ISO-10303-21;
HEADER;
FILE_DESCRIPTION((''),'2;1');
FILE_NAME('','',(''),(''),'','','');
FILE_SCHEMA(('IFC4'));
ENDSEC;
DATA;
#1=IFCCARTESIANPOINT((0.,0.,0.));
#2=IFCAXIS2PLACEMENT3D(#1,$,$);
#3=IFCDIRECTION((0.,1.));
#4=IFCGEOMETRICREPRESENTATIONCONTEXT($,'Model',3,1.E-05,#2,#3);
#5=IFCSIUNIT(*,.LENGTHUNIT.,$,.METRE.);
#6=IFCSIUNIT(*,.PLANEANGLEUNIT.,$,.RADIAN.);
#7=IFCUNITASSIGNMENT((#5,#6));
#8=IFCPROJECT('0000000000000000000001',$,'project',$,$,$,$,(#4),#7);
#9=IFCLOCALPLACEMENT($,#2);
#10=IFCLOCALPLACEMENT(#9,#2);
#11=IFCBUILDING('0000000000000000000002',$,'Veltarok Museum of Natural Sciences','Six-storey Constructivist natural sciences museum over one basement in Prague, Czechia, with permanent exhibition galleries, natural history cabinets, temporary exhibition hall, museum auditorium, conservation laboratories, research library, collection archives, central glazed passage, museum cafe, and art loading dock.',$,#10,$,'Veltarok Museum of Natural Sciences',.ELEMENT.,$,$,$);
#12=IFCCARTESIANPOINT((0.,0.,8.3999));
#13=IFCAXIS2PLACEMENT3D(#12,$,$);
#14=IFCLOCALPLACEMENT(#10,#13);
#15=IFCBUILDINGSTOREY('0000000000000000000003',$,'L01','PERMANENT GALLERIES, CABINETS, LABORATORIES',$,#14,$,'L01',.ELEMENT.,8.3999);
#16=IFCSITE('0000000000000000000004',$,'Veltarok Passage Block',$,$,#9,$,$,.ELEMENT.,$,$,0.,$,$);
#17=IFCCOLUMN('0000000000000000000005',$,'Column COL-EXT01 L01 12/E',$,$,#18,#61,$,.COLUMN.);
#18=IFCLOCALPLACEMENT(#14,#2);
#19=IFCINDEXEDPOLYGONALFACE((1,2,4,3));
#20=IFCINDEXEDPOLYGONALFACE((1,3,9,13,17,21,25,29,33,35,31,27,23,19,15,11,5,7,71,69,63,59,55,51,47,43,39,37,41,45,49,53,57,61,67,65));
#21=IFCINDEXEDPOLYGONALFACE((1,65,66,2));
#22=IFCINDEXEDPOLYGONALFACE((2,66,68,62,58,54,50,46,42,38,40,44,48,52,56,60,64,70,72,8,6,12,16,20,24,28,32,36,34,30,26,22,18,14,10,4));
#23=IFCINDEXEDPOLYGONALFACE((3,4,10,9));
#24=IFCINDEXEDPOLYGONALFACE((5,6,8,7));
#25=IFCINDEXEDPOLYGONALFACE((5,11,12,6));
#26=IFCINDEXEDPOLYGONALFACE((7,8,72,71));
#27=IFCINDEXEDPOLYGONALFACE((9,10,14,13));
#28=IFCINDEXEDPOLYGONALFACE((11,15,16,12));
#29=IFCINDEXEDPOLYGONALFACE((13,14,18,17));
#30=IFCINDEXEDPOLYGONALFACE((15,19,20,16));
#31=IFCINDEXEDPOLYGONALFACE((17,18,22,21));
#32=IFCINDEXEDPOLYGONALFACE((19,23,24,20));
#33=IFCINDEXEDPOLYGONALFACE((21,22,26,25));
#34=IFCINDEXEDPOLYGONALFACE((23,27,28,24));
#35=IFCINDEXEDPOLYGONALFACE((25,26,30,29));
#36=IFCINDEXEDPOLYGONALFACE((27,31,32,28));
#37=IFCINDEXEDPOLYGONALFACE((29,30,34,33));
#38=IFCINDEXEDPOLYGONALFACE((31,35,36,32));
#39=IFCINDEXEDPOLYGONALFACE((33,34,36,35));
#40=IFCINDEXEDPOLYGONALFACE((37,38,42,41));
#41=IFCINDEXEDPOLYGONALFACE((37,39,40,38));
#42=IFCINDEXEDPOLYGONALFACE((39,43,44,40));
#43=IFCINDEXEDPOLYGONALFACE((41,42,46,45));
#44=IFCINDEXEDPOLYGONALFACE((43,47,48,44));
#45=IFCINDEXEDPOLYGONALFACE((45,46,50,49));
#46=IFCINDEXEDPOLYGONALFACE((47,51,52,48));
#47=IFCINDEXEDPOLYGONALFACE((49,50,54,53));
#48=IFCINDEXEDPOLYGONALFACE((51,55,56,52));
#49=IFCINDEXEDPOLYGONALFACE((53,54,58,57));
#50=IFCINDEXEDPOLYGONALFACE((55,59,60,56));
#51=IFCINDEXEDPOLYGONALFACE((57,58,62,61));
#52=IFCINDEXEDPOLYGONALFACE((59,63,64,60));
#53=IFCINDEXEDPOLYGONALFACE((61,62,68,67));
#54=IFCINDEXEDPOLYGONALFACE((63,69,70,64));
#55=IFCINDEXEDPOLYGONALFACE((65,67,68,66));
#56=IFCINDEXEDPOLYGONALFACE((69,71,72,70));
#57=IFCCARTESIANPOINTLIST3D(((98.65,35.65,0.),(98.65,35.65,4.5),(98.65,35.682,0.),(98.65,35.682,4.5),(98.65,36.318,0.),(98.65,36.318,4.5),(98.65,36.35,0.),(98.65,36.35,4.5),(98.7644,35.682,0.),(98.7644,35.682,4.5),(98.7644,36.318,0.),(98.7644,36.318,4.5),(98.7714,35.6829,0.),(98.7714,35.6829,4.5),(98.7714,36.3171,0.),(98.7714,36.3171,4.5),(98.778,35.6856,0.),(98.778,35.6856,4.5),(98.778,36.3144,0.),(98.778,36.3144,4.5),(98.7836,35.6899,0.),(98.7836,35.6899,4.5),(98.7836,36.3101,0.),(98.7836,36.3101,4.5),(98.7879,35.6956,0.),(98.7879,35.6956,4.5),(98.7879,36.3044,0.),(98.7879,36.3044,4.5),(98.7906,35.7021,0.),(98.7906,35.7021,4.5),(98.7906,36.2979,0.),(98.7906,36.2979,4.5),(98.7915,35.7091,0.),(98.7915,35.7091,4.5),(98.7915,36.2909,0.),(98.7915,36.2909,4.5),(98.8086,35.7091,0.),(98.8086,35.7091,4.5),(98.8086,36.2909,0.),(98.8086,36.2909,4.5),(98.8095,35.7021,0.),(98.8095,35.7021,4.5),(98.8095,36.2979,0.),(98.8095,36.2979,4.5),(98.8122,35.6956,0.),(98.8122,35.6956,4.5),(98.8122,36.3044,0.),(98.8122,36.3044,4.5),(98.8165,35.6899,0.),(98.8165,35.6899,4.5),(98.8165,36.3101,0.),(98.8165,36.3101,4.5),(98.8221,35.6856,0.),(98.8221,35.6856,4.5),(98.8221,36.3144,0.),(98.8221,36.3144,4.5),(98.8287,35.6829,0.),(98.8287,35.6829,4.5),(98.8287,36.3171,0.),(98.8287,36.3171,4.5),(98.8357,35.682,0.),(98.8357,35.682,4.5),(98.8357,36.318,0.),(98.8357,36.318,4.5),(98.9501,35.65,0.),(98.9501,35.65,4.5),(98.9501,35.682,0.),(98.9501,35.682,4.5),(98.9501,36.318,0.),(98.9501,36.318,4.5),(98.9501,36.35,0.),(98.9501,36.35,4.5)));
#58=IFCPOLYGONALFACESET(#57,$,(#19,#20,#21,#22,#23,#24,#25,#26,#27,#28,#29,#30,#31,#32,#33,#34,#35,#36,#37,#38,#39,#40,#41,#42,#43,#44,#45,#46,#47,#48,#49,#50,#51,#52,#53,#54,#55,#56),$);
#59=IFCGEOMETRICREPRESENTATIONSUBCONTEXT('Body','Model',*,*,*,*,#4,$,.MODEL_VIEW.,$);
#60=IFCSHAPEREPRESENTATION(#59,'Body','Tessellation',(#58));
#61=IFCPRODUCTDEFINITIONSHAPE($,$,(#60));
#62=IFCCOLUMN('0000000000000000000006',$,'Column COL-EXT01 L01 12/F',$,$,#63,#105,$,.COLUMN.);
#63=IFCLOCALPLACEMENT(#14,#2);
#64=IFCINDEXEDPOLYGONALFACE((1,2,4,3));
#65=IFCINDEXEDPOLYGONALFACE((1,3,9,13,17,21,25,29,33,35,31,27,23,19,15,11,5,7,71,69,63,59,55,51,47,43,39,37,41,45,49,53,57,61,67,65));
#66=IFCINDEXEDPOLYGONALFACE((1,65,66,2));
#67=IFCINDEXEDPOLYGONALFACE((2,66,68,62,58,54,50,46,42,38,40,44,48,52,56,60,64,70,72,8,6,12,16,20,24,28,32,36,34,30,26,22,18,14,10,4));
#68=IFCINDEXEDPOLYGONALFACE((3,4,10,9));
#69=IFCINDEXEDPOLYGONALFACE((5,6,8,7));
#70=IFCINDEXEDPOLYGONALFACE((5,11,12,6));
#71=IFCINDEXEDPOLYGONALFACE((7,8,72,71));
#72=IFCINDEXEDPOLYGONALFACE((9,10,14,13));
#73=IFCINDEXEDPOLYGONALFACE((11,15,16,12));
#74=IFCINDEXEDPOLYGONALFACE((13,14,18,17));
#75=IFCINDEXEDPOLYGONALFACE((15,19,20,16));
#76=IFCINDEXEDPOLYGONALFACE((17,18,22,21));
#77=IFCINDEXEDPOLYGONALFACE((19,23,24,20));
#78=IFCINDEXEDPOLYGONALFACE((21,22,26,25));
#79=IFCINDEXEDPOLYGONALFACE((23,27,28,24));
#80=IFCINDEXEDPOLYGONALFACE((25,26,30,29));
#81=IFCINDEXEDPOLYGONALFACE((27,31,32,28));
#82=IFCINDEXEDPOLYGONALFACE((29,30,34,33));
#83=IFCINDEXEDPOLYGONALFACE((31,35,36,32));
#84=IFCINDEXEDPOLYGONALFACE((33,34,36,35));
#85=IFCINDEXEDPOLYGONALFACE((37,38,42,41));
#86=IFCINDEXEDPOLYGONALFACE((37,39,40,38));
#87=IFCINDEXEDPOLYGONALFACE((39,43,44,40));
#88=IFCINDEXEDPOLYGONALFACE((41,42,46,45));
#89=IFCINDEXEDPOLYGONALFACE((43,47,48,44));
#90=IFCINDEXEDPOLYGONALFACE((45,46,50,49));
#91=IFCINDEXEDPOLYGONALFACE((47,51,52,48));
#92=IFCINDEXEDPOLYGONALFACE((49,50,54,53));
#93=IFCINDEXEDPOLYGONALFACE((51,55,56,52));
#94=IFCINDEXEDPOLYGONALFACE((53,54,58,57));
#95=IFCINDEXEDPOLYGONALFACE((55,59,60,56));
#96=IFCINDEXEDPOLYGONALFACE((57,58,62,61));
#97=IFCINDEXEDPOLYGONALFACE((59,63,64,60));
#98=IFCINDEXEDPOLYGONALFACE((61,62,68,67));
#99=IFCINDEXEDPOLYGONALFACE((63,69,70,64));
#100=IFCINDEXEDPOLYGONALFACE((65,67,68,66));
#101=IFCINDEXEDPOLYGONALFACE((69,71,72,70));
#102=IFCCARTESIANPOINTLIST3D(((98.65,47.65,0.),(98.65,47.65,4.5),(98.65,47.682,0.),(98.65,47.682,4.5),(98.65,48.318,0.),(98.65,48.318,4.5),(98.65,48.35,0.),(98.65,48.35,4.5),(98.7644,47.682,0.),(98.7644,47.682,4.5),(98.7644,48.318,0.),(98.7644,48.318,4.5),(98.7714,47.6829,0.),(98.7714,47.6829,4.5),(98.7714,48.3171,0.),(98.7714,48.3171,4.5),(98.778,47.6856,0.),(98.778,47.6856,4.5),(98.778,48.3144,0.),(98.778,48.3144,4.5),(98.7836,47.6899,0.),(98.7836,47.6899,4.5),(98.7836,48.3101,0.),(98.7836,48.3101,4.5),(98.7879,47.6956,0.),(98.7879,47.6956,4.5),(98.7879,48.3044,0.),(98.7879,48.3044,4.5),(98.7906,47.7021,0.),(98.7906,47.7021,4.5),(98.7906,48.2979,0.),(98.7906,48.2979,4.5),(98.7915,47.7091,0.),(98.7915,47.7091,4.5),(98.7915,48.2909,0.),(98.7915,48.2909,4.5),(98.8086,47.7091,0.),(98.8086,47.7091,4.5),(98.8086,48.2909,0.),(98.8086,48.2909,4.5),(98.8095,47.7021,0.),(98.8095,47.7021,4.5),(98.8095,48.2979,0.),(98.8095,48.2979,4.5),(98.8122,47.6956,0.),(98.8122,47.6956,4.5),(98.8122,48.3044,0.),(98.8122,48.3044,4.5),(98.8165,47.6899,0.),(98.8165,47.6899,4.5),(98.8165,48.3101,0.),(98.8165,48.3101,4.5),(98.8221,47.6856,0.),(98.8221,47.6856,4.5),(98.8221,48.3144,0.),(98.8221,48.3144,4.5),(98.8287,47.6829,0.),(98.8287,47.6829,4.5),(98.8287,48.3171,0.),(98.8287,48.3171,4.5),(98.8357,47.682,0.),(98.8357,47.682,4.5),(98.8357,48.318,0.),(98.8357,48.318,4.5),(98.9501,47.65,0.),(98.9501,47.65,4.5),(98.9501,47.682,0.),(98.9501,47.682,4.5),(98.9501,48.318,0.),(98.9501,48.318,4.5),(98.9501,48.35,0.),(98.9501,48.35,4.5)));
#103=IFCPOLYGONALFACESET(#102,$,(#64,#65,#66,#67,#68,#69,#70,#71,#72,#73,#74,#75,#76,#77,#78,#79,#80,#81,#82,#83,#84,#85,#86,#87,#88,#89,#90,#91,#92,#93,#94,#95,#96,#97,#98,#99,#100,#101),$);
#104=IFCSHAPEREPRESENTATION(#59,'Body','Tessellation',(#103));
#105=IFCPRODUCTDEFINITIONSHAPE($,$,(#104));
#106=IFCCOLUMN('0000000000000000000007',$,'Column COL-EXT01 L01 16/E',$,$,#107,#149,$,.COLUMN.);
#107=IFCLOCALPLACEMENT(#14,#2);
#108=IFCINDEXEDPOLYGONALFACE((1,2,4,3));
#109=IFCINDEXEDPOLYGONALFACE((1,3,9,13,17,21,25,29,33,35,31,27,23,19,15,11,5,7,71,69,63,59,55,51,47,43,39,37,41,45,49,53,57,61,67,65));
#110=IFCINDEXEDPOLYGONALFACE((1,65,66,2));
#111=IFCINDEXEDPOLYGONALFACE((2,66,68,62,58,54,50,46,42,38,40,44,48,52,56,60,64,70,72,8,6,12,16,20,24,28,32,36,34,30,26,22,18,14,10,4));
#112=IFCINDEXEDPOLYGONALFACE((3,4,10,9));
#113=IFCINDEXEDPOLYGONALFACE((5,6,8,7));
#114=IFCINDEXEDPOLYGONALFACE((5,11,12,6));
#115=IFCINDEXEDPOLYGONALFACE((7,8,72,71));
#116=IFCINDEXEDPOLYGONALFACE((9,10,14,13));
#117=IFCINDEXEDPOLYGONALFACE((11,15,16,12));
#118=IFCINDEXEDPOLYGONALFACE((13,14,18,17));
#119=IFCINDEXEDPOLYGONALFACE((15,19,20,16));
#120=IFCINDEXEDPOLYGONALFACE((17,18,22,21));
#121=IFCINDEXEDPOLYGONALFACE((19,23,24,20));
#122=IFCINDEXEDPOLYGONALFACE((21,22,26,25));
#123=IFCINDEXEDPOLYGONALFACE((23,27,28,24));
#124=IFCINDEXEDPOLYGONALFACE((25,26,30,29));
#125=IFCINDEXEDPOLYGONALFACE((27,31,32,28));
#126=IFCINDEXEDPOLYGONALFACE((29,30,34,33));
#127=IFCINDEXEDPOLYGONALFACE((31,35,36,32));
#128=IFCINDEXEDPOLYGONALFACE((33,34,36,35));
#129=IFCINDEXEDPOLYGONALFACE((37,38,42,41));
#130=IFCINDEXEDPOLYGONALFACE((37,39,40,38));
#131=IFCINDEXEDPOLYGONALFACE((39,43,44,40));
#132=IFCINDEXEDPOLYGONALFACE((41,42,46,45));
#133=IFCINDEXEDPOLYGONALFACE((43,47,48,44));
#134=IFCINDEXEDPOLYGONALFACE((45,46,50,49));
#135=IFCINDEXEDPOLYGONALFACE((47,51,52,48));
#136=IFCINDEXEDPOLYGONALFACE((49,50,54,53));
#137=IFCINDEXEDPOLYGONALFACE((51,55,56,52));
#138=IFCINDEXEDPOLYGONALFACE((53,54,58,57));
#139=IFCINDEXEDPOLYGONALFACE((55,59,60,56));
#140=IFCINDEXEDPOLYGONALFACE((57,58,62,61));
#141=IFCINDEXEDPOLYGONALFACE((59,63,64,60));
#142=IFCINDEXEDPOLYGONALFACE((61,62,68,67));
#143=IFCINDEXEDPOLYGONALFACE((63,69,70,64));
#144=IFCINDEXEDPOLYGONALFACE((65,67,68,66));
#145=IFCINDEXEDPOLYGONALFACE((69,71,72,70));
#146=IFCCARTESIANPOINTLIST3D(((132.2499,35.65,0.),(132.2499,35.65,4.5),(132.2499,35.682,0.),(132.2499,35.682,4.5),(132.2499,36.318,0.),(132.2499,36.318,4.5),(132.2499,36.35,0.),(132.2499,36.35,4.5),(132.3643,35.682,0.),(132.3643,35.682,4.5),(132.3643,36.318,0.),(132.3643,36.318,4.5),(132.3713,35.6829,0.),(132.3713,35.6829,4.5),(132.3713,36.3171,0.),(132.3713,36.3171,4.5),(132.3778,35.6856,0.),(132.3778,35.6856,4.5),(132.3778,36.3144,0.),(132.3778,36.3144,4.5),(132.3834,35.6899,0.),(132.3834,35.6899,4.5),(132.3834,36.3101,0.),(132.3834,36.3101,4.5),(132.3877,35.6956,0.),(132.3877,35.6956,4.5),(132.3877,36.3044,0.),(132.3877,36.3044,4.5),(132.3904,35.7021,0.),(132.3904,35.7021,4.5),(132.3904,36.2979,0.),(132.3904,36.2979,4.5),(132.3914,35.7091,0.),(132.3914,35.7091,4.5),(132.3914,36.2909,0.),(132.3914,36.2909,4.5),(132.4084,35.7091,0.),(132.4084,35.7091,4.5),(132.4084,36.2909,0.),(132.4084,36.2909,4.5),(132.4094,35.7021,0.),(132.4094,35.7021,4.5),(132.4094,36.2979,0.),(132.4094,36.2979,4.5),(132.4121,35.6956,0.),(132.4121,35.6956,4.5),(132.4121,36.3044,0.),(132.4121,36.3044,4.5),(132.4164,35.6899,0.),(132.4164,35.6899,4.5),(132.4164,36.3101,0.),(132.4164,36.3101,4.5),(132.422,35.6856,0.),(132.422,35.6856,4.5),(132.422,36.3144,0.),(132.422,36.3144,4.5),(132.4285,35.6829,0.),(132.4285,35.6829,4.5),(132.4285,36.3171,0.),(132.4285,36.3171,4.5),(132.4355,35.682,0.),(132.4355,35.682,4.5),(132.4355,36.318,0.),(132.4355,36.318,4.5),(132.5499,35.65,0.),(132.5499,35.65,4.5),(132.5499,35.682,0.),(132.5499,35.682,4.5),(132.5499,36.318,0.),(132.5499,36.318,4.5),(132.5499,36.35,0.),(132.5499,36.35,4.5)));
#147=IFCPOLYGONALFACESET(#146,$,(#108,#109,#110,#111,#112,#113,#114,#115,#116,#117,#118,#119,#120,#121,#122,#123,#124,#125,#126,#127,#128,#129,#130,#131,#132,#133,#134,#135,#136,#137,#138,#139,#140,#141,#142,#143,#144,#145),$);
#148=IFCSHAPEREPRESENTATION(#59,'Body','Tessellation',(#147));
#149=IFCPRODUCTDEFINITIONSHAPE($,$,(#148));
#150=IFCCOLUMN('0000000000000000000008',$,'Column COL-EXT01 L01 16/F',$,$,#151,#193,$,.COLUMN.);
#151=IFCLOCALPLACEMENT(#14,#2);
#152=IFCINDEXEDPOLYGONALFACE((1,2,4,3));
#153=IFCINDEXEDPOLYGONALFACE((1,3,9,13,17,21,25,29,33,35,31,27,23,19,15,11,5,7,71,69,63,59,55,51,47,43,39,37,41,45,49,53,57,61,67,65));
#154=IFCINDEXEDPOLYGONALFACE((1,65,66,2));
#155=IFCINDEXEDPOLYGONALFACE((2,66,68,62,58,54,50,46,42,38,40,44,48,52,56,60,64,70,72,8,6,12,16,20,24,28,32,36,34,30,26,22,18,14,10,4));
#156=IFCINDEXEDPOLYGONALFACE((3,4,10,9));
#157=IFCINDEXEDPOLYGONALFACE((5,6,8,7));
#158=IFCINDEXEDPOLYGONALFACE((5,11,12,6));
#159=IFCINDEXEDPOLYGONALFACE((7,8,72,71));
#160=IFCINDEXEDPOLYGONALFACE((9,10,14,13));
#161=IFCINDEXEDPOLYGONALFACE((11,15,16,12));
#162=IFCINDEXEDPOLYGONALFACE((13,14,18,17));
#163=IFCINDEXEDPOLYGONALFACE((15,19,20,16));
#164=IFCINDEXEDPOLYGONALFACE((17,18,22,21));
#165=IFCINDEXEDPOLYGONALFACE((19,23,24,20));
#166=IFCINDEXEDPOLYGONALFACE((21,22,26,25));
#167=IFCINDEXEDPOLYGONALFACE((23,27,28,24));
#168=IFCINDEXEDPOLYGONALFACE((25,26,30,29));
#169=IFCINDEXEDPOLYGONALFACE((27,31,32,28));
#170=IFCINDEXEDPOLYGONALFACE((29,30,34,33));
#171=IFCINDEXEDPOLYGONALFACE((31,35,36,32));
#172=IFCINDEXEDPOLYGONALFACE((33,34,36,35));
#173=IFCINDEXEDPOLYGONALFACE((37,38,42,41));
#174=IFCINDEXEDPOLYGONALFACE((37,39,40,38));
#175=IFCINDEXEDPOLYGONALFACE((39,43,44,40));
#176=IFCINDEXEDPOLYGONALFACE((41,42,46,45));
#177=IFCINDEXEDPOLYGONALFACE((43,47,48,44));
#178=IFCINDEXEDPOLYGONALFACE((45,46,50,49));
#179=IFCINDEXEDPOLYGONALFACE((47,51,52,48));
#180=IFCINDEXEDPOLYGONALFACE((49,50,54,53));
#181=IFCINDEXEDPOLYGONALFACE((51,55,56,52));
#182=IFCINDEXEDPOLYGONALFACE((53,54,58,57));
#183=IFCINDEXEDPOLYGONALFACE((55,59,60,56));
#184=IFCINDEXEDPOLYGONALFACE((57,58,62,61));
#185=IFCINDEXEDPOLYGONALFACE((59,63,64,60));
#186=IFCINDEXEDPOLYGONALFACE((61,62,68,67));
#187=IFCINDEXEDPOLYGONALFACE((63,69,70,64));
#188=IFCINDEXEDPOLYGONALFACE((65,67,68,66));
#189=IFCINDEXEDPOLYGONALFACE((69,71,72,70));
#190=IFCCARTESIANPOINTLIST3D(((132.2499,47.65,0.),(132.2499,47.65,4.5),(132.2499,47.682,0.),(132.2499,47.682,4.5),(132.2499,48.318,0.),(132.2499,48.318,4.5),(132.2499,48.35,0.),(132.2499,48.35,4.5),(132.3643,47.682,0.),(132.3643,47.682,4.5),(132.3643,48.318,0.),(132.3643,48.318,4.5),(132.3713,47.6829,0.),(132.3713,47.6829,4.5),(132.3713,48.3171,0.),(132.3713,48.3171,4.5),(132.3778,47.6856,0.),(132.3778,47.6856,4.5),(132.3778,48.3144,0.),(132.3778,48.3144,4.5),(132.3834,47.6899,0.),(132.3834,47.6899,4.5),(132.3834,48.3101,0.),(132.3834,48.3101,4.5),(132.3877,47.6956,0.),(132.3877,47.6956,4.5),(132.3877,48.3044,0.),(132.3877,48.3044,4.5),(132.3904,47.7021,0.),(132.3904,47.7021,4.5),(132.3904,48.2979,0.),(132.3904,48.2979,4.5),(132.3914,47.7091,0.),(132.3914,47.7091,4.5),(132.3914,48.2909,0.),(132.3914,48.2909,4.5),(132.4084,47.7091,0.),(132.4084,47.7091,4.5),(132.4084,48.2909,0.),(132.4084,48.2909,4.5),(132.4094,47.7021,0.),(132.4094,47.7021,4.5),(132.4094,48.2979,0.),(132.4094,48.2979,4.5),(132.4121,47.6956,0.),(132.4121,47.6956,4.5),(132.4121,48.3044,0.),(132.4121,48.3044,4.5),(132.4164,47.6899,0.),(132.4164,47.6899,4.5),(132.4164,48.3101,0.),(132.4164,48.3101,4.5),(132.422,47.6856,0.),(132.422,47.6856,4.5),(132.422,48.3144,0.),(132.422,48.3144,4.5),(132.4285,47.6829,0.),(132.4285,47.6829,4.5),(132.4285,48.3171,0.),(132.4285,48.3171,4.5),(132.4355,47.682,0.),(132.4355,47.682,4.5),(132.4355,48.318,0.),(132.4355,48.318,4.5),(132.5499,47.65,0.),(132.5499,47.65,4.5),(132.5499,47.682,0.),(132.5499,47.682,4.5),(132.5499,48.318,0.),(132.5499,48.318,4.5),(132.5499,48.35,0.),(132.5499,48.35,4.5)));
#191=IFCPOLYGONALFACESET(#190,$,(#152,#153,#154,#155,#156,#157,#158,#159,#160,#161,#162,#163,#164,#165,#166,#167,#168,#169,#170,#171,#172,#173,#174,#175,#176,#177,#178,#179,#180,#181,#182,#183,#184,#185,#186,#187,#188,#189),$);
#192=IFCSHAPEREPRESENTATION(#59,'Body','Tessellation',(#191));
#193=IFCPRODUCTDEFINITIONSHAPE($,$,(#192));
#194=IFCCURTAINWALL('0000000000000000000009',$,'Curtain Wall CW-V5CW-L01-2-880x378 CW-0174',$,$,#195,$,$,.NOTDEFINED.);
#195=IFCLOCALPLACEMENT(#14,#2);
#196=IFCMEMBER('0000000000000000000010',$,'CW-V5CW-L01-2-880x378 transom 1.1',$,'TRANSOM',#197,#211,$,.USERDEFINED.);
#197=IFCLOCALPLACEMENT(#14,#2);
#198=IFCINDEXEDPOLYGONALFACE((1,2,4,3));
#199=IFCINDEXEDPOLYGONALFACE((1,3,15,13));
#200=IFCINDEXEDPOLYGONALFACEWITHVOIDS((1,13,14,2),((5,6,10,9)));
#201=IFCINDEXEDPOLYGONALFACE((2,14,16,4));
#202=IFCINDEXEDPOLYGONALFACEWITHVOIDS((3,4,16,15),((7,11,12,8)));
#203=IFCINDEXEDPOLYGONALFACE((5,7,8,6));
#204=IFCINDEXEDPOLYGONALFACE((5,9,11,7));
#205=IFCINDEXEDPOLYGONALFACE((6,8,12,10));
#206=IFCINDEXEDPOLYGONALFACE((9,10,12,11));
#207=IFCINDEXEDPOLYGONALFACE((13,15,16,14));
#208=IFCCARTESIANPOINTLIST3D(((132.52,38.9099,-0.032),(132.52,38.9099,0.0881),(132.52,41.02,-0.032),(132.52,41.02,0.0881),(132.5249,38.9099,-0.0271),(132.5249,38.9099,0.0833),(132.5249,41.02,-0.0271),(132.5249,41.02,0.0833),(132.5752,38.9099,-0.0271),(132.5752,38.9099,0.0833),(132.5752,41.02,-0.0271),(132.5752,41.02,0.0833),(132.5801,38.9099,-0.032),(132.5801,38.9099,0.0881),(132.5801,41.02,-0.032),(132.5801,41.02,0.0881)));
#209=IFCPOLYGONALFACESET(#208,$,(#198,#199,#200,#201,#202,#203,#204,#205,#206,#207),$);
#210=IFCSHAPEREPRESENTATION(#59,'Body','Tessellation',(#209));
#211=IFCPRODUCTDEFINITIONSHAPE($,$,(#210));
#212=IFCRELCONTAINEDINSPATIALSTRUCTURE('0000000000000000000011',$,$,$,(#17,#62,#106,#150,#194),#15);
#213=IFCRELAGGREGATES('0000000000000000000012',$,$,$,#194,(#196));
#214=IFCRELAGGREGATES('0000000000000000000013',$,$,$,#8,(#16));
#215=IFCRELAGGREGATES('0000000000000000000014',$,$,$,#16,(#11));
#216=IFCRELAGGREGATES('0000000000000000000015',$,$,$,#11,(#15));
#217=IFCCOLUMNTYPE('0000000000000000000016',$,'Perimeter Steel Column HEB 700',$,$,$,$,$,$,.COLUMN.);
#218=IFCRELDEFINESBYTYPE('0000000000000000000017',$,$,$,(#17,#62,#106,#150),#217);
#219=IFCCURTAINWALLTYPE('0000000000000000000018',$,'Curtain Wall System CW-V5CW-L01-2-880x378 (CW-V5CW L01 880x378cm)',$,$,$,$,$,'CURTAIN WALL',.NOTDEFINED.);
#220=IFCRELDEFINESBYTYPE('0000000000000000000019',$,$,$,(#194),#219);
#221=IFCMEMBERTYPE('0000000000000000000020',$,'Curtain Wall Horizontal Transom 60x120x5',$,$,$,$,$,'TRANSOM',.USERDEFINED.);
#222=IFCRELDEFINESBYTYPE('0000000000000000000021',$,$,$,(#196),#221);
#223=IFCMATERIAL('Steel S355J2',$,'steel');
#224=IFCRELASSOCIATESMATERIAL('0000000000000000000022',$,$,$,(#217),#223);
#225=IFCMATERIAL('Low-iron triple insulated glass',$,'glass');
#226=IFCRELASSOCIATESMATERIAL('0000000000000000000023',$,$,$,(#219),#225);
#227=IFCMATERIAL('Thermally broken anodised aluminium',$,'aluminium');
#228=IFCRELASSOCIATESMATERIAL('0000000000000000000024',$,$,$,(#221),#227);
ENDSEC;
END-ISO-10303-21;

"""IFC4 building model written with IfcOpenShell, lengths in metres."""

from ifc_helpers import new_model, si_unit, direction, frame, origin, origin_2d, place, context, subcontext, project, spatial, hollow_rectangle, i_section, extrude, material, material_profile, profile_set, type_object, element, aggregate, save


model = new_model("IFC4")

# Units and contexts
model_context = context("Model", 3, precision=1e-05, world=origin(), true_north=direction((0.0, 1.0)))
body_context = subcontext(model_context, "Body", "Model", "MODEL_VIEW")
ifc_project = project(units=[si_unit("LENGTHUNIT", "METRE"), si_unit("PLANEANGLEUNIT", "RADIAN")], contexts=[model_context])

# Site, building, storey
site_placement = place(None, origin())
site = spatial("IfcSite", under=ifc_project, at=site_placement, Name="Veltarok Passage Block", CompositionType="ELEMENT", RefElevation=0.0)
building_placement = place(site_placement, origin())
building = spatial("IfcBuilding", under=site, at=building_placement, Name="Veltarok Museum of Natural Sciences", Description="Six-storey Constructivist natural sciences museum over one basement in Prague, Czechia, with permanent exhibition galleries, natural history cabinets, temporary exhibition hall, museum auditorium, conservation laboratories, research library, collection archives, central glazed passage, museum cafe, and art loading dock.", LongName="Veltarok Museum of Natural Sciences", CompositionType="ELEMENT")
storey_placement = place(building_placement, frame((0.0, 0.0, 8.3999)))
storey = spatial("IfcBuildingStorey", under=building, at=storey_placement, Name="L01", Description="PERMANENT GALLERIES, CABINETS, LABORATORIES", LongName="L01", CompositionType="ELEMENT", Elevation=8.3999)

# Columns
ifc_material_1 = material(Name="Steel S355J2", Category="steel")
ifc_material_profile_1 = material_profile(ifc_material_1, i_section(OverallWidth=0.3, OverallDepth=0.7, WebThickness=0.0171, FlangeThickness=0.032, FilletRadius=0.0271, at=origin_2d()), Name="HEB 700")
ifc_profile_set_1 = profile_set([ifc_material_profile_1], Name="Steel S355J2")
column_type = type_object("IfcColumnType", Name="Perimeter Steel Column HEB 700", PredefinedType="COLUMN", material=ifc_profile_set_1)
for number, where, z_axis, x_axis, name in (
    (1, (98.8, 36.0, 0.0), (0.0, 0.0, 1.0), (1.0, 0.0, 0.0), "Column COL-EXT01 L01 12/E"),
    (2, (98.8, 48.0, 0.0), (0.0, 0.0, 1.0), (1.0, 0.0, 0.0), "Column COL-EXT01 L01 12/F"),
    (3, (132.3999, 36.0, 0.0), (0.0, 0.0, 1.0), (1.0, 0.0, 0.0), "Column COL-EXT01 L01 16/E"),
    (4, (132.3999, 48.0, 0.0), (0.0, 0.0, 1.0), (1.0, 0.0, 0.0), "Column COL-EXT01 L01 16/F"),
):
    element("IfcColumn", number, at=place(storey_placement, frame(where, z_axis=z_axis, x_axis=x_axis)), inside=storey, type_object=column_type, Name=name, PredefinedType="COLUMN", context=body_context, shape_type="SweptSolid", body=[
        extrude(i_section(OverallWidth=0.3, OverallDepth=0.7, WebThickness=0.0171, FlangeThickness=0.032, FilletRadius=0.0271, at=origin_2d()), origin(), (0.0, 0.0, 1.0), 4.5),
    ])

# Curtain wall, member
ifc_material_2 = material(Name="Low-iron triple insulated glass", Category="glass")
curtain_wall_type = type_object("IfcCurtainWallType", Name="Curtain Wall System CW-V5CW-L01-2-880x378 (CW-V5CW L01 880x378cm)", ElementType="CURTAIN WALL", PredefinedType="NOTDEFINED", material=ifc_material_2)
curtain_wall_placement = place(storey_placement, origin())
curtain_wall = element("IfcCurtainWall", 5, at=curtain_wall_placement, inside=storey, type_object=curtain_wall_type, Name="Curtain Wall CW-V5CW-L01-2-880x378 CW-0174", PredefinedType="NOTDEFINED")
ifc_material_3 = material(Name="Thermally broken anodised aluminium", Category="aluminium")
ifc_material_profile_2 = material_profile(ifc_material_3, hollow_rectangle(XDim=0.0601, YDim=0.1201, WallThickness=0.0049, at=origin_2d()), Name="CW TRANSOM 60x120x5")
ifc_profile_set_2 = profile_set([ifc_material_profile_2], Name="Thermally broken anodised aluminium")
member_type_1 = type_object("IfcMemberType", Name="Curtain Wall Horizontal Transom 60x120x5", ElementType="TRANSOM", PredefinedType="USERDEFINED", material=ifc_profile_set_2)
member_1_placement = place(storey_placement, frame((132.55, 38.9099, 0.0281), z_axis=(0.0, 1.0, 0.0), x_axis=(-1.0, 0.0, 0.0)))
member_1 = element("IfcMember", 6, at=member_1_placement, type_object=member_type_1, Name="CW-V5CW-L01-2-880x378 transom 1.1", ObjectType="TRANSOM", PredefinedType="USERDEFINED", context=body_context, shape_type="SweptSolid", body=[
    extrude(hollow_rectangle(XDim=0.0601, YDim=0.1201, WallThickness=0.0049, at=origin_2d()), origin(), (0.0, 0.0, 1.0), 2.1101),
])

aggregate(curtain_wall, [member_1])

save(model, "model.ifc")
